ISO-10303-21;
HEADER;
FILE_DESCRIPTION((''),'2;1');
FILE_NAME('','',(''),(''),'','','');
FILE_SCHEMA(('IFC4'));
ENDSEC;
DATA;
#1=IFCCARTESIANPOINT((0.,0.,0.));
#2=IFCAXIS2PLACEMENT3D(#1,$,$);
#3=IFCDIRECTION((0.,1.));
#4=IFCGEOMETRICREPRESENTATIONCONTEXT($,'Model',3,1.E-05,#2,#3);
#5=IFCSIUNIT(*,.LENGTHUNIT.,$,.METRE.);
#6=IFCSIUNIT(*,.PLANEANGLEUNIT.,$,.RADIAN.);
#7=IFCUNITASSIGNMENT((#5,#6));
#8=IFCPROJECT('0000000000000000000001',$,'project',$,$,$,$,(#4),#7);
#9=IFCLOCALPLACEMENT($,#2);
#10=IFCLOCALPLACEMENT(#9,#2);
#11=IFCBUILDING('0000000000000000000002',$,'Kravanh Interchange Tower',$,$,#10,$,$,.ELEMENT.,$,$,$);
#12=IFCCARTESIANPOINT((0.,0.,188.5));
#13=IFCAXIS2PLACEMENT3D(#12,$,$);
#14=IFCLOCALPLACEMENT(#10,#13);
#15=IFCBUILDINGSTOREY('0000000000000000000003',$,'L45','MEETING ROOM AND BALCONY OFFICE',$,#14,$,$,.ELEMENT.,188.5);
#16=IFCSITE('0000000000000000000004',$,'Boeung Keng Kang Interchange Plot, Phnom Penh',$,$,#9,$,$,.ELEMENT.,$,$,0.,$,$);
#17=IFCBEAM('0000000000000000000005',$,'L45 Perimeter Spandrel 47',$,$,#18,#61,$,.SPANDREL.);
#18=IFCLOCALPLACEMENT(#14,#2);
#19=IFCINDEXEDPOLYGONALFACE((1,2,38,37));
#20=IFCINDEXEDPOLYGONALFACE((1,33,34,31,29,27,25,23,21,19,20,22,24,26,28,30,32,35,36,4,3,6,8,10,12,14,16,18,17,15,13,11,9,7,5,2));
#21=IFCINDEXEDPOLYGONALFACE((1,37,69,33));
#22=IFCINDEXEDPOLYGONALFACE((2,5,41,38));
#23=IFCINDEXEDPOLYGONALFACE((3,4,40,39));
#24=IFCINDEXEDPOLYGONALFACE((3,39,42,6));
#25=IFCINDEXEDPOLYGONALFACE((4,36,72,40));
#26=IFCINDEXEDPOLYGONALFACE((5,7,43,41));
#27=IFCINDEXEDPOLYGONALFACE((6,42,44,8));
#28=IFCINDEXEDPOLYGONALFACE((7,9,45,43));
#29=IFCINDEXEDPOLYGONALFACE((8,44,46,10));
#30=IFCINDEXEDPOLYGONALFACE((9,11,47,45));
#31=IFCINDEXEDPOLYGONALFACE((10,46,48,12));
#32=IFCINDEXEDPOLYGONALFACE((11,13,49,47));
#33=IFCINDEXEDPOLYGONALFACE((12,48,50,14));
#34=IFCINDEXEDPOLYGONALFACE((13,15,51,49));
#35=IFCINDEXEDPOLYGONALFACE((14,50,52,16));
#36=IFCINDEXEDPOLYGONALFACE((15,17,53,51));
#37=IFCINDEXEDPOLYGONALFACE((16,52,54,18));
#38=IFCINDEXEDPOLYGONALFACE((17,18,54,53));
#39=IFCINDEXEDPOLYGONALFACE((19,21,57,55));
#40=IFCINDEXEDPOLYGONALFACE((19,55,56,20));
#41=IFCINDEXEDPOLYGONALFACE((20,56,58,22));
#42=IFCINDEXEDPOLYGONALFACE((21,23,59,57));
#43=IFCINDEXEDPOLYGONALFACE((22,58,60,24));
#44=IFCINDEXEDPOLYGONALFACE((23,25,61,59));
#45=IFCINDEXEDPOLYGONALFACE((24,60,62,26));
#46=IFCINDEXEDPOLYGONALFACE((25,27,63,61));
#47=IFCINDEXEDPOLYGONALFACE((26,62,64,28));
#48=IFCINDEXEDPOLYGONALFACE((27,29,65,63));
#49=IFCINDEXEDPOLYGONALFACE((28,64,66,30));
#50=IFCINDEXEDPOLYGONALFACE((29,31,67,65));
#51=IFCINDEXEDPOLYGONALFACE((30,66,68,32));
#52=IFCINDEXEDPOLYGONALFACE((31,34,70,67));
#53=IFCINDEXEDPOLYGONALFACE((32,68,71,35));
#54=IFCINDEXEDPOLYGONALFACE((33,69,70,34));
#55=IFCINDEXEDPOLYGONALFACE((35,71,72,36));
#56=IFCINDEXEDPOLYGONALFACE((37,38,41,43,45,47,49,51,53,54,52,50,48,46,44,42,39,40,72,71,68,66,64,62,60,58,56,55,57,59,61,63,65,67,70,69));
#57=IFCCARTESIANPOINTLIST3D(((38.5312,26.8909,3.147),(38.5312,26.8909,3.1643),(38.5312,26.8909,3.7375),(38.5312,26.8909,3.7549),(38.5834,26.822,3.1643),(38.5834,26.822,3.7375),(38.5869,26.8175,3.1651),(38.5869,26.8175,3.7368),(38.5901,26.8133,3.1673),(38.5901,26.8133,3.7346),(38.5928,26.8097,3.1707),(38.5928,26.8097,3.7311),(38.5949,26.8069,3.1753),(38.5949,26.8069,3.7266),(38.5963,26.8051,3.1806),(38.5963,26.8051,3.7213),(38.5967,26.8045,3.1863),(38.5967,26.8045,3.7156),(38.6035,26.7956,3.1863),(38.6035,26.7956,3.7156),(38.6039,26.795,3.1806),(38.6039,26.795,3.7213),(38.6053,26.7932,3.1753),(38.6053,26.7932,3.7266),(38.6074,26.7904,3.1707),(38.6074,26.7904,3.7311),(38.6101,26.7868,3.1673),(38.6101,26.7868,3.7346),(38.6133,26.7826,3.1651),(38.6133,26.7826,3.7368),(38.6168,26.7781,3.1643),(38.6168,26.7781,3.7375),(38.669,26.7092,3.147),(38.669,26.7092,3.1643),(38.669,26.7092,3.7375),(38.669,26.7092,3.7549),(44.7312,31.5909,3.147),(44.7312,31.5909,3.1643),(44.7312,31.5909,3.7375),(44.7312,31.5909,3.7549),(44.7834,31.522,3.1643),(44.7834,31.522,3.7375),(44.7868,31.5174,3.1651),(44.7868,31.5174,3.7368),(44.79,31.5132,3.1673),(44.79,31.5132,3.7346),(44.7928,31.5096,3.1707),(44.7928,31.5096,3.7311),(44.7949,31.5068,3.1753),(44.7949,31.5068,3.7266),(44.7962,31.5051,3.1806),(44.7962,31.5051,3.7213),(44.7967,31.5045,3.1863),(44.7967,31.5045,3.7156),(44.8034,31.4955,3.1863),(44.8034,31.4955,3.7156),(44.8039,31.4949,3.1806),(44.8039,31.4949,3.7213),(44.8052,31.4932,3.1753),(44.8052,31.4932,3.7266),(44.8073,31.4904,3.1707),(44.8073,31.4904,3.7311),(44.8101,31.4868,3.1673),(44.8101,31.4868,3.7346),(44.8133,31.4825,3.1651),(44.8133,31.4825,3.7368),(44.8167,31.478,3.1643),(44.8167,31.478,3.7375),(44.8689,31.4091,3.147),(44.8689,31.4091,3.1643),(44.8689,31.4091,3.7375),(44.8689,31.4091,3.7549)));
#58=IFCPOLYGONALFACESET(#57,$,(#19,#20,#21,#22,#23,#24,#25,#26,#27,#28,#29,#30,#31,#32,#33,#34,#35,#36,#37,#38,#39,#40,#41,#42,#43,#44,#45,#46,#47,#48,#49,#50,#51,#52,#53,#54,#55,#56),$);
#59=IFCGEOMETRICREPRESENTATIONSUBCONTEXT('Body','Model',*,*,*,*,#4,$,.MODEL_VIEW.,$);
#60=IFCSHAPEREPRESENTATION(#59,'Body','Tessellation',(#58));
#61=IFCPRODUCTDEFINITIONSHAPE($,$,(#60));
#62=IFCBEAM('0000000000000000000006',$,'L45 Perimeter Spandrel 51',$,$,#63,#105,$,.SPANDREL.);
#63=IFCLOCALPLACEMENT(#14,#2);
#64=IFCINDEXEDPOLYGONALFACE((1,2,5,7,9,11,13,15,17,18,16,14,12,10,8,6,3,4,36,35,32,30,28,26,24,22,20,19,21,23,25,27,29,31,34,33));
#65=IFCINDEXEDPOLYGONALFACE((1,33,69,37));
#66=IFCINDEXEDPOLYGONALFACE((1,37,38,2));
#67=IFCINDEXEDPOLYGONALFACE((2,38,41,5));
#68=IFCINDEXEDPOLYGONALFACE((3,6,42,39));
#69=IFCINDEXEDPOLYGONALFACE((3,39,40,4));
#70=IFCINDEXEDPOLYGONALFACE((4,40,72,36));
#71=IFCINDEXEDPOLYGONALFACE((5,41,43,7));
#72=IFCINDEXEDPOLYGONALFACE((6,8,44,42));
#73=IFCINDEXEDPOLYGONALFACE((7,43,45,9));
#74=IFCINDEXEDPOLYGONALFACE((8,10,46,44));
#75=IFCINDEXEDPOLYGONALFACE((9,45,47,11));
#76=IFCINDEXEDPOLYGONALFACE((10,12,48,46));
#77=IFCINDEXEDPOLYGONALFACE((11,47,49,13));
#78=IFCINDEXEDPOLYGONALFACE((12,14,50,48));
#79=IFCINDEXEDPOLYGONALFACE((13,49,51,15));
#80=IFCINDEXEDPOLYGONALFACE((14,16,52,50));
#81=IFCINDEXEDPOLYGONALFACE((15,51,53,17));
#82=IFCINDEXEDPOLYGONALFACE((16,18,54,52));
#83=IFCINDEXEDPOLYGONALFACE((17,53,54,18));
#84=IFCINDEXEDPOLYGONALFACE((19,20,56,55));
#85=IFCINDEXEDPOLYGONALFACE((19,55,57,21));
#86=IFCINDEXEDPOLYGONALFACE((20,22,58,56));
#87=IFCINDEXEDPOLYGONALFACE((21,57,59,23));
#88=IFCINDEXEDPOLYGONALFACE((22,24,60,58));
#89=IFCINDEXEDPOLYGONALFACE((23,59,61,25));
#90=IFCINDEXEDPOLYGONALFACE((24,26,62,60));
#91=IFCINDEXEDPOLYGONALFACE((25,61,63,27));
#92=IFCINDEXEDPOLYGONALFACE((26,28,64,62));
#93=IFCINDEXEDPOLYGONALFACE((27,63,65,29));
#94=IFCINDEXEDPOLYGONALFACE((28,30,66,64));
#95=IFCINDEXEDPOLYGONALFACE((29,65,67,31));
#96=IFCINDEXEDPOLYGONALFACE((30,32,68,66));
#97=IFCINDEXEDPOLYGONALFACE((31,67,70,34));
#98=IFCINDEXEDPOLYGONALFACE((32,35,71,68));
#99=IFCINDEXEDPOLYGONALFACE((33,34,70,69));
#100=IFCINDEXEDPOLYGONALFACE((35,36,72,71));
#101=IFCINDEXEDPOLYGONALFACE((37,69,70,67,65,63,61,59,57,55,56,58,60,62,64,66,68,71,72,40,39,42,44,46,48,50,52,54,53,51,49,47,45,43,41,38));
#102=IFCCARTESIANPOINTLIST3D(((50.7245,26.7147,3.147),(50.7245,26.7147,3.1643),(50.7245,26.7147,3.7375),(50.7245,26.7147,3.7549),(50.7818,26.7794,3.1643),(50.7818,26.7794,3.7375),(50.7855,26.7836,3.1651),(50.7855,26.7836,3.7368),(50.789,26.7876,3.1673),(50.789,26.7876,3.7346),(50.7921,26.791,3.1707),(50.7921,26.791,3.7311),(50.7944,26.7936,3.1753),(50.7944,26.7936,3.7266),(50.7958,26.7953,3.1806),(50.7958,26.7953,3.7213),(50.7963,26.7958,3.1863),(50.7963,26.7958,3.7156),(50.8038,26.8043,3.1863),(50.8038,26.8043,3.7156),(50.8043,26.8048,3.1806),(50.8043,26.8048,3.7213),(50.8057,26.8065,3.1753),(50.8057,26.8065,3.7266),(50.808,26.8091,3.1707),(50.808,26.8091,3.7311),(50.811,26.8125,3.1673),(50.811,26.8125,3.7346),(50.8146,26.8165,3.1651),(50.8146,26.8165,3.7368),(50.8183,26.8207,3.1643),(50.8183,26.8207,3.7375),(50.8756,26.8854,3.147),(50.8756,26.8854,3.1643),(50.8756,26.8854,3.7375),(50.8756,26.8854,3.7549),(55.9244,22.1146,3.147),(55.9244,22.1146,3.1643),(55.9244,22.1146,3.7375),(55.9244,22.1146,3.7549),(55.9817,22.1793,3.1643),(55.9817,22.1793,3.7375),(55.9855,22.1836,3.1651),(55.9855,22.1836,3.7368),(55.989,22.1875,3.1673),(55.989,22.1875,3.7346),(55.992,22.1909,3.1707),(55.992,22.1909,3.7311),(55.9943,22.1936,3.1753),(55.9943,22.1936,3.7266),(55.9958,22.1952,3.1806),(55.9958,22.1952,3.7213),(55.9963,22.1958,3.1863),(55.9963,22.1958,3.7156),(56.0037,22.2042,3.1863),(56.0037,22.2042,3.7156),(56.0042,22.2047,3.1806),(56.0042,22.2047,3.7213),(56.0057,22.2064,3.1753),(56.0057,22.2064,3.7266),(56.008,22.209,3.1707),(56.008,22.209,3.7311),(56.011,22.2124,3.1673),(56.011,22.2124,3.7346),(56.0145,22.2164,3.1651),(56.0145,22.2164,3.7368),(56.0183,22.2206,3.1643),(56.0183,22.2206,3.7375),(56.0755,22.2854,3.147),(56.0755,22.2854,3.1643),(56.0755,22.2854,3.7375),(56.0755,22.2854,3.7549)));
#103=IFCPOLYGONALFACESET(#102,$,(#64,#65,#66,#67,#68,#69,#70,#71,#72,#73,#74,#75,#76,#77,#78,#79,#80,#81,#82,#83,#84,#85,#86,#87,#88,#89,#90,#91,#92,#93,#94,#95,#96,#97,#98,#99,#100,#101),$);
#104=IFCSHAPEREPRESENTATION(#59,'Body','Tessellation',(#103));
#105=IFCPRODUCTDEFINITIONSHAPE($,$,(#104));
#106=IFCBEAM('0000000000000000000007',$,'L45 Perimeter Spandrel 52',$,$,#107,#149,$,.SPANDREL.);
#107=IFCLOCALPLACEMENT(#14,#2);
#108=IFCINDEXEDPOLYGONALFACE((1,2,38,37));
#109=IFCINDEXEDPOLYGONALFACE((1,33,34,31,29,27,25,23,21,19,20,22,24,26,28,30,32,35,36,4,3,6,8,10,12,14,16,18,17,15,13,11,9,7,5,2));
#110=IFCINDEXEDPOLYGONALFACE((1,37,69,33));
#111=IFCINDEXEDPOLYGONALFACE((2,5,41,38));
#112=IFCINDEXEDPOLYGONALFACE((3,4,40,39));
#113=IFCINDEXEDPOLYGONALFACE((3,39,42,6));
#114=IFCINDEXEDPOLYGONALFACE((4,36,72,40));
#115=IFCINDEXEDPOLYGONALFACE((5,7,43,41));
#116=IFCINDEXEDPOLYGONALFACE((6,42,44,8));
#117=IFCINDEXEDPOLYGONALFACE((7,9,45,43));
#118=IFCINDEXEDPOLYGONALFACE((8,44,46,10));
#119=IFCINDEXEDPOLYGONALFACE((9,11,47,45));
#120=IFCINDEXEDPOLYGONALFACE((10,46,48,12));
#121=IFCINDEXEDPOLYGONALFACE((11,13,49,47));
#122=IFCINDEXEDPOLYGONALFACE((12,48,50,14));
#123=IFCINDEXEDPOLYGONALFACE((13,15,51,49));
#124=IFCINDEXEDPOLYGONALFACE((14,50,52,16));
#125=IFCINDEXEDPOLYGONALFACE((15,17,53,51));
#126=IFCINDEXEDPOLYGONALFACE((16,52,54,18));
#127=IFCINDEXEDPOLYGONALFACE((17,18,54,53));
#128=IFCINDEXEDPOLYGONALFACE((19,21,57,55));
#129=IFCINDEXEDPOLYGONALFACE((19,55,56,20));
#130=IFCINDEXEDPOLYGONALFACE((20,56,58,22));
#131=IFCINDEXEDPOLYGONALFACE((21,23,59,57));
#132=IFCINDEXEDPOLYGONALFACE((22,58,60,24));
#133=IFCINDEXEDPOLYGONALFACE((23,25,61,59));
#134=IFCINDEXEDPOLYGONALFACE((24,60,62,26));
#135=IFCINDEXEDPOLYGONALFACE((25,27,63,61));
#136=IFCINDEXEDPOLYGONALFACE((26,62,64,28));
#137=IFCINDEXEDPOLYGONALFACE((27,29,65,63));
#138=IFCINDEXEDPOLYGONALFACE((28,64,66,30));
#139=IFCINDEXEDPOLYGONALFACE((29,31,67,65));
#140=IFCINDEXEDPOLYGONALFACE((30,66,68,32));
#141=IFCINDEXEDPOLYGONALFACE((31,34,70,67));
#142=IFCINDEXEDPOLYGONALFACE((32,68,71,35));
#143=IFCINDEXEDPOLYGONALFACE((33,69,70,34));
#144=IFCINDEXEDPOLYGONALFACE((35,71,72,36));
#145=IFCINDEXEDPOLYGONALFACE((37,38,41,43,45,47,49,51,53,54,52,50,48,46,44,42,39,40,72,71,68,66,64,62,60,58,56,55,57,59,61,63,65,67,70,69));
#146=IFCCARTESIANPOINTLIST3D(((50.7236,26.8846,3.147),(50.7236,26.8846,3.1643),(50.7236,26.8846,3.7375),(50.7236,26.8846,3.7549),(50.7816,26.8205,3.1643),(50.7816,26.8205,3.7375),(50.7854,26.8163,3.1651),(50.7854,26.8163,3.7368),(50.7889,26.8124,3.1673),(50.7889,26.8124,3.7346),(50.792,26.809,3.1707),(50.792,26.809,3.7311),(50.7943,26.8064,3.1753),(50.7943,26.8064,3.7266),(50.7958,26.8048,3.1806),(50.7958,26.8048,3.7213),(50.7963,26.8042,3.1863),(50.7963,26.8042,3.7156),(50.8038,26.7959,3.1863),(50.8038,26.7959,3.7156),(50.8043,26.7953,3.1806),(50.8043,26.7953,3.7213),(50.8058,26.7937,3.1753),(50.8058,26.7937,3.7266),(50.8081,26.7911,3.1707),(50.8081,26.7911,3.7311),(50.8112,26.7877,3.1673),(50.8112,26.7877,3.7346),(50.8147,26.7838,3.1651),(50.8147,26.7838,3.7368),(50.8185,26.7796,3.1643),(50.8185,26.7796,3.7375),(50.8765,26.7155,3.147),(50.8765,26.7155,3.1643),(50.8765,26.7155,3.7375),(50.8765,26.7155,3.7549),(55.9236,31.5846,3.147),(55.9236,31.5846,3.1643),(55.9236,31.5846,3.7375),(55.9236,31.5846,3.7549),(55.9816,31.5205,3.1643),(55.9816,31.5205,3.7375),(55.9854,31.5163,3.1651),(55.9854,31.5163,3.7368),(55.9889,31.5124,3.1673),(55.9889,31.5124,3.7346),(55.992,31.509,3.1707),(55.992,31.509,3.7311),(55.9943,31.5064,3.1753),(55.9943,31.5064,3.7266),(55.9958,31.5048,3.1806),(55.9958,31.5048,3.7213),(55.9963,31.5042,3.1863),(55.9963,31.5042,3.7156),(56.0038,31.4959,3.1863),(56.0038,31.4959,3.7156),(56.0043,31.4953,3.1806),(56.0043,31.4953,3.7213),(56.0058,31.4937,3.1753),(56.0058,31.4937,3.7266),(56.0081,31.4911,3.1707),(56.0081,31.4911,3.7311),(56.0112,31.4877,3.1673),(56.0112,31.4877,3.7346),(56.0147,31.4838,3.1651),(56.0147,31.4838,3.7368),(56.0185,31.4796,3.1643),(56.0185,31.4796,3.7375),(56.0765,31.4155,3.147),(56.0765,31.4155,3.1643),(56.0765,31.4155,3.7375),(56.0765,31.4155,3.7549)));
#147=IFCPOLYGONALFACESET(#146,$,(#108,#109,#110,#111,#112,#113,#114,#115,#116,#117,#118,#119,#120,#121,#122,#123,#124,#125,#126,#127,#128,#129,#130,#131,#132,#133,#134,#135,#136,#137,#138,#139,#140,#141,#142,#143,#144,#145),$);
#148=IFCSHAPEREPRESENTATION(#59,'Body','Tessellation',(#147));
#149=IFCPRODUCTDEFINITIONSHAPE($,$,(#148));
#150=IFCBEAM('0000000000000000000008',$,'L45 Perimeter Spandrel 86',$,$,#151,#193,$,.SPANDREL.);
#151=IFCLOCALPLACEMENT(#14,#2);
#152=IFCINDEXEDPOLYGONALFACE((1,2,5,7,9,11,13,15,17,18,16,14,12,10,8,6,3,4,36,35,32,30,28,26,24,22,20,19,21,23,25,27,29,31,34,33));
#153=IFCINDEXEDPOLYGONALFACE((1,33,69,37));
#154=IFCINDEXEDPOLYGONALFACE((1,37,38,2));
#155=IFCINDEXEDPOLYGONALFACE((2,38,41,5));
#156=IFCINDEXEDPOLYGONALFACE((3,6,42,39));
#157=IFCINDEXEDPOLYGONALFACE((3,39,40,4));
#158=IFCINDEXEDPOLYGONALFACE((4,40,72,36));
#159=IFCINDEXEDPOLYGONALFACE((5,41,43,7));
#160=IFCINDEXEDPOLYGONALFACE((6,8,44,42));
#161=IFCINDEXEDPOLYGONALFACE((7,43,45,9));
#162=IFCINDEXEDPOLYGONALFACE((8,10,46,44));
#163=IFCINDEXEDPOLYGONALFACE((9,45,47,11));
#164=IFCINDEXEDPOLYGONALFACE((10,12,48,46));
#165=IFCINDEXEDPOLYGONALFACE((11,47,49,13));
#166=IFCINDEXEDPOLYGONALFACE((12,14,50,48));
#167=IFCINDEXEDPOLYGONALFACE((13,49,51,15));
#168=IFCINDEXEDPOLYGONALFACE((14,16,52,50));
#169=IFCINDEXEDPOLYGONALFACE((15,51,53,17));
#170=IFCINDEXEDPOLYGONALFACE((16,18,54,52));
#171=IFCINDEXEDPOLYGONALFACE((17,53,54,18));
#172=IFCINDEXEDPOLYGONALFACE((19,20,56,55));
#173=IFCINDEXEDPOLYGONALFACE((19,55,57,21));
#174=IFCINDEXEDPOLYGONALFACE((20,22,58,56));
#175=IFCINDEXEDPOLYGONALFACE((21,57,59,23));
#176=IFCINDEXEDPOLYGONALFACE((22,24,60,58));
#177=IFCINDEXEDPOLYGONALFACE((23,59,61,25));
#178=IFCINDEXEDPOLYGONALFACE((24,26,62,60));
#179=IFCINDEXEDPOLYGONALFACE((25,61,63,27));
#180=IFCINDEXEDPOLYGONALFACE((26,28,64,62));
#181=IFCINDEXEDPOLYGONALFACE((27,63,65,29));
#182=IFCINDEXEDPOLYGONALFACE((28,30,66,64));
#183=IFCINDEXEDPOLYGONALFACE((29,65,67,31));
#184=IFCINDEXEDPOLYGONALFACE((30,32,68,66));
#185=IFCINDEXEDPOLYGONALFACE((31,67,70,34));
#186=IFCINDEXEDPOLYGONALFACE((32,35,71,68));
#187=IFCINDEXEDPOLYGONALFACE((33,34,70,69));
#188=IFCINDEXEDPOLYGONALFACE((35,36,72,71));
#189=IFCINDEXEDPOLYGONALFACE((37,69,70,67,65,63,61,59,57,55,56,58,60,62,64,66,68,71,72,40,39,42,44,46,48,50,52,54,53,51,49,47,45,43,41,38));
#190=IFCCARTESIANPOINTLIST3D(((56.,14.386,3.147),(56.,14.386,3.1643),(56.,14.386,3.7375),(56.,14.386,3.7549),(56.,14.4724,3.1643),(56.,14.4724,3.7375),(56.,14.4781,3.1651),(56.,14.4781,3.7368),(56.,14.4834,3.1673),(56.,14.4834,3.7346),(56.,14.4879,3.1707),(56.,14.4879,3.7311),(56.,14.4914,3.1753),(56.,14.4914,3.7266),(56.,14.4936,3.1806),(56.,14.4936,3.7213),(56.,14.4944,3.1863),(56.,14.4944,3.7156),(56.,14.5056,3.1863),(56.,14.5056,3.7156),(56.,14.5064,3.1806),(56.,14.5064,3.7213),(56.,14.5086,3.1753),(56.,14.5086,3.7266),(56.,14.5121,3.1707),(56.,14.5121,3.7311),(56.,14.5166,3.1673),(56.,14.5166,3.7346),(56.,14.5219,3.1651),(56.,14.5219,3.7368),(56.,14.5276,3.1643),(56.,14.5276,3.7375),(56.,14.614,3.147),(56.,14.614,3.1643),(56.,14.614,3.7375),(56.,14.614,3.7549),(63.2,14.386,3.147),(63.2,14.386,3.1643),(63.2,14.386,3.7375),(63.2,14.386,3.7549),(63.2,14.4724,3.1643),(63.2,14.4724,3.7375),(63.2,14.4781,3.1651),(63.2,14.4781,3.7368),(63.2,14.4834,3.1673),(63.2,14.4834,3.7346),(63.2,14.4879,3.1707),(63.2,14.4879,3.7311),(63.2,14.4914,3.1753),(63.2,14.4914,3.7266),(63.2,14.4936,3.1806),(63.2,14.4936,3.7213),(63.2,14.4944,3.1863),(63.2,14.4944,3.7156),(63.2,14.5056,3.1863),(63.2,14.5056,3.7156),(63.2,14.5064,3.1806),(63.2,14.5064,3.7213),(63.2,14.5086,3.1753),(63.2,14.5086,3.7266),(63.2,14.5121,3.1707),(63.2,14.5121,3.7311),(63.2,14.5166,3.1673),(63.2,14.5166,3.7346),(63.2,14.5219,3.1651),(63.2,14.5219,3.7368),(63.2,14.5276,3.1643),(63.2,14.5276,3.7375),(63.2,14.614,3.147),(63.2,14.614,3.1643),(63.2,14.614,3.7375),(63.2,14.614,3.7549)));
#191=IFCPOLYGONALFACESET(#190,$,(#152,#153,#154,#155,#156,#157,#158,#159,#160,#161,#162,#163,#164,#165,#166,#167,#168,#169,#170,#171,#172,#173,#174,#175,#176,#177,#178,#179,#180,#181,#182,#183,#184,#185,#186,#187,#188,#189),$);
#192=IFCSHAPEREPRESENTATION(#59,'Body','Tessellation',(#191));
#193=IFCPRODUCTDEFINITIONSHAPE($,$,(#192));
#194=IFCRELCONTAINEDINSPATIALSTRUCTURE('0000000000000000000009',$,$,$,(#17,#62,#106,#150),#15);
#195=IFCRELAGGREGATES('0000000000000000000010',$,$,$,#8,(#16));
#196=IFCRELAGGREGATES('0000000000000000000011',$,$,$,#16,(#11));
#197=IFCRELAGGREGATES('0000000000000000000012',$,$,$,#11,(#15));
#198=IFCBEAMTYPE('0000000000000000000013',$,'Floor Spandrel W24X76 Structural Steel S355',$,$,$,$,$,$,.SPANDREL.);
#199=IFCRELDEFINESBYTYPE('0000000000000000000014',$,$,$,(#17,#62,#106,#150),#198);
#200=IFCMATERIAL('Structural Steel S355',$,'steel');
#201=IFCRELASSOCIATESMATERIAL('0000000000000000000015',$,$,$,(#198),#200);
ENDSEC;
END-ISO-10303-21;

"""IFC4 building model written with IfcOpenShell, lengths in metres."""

from ifc_helpers import new_model, si_unit, direction, frame, origin, origin_2d, place, context, subcontext, project, spatial, i_section, extrude, material, material_profile, profile_set, type_object, element, save


model = new_model("IFC4")

# Units and contexts
model_context = context("Model", 3, precision=1e-05, world=origin(), true_north=direction((0.0, 1.0)))
body_context = subcontext(model_context, "Body", "Model", "MODEL_VIEW")
ifc_project = project(units=[si_unit("LENGTHUNIT", "METRE"), si_unit("PLANEANGLEUNIT", "RADIAN")], contexts=[model_context])

# Site, building, storey
site_placement = place(None, origin())
site = spatial("IfcSite", under=ifc_project, at=site_placement, Name="Boeung Keng Kang Interchange Plot, Phnom Penh", CompositionType="ELEMENT", RefElevation=0.0)
building_placement = place(site_placement, origin())
building = spatial("IfcBuilding", under=site, at=building_placement, Name="Kravanh Interchange Tower", CompositionType="ELEMENT")
storey_placement = place(building_placement, frame((0.0, 0.0, 188.5)))
storey = spatial("IfcBuildingStorey", under=building, at=storey_placement, Name="L45", Description="MEETING ROOM AND BALCONY OFFICE", CompositionType="ELEMENT", Elevation=188.5)

# Beams
ifc_material_1 = material(Name="Structural Steel S355", Category="steel")
ifc_material_profile_1 = material_profile(ifc_material_1, i_section(OverallWidth=0.228, OverallDepth=0.6079, WebThickness=0.0112, FlangeThickness=0.0173, FilletRadius=0.022, at=origin_2d()), Name="W24X76")
ifc_profile_set_1 = profile_set([ifc_material_profile_1], Name="Structural Steel S355")
beam_type_1 = type_object("IfcBeamType", Name="Floor Spandrel W24X76 Structural Steel S355", PredefinedType="SPANDREL", material=ifc_profile_set_1)
beam_1_placement = place(storey_placement, frame((38.6001, 26.8, 3.4509), z_axis=(0.796905, 0.604104, 0.0), x_axis=(-0.604104, 0.796905, 0.0)))
element("IfcBeam", 1, at=beam_1_placement, inside=storey, type_object=beam_type_1, Name="L45 Perimeter Spandrel 47", PredefinedType="SPANDREL", context=body_context, shape_type="SweptSolid", body=[
    extrude(i_section(OverallWidth=0.228, OverallDepth=0.6079, WebThickness=0.0112, FlangeThickness=0.0173, FilletRadius=0.022, at=origin_2d()), origin(), (0.0, 0.0, 1.0), 7.78),
])
beam_2_placement = place(storey_placement, frame((50.8, 26.8, 3.4509), z_axis=(0.748986, -0.662585, 0.0), x_axis=(0.662585, 0.748986, 0.0)))
element("IfcBeam", 2, at=beam_2_placement, inside=storey, type_object=beam_type_1, Name="L45 Perimeter Spandrel 51", PredefinedType="SPANDREL", context=body_context, shape_type="SweptSolid", body=[
    extrude(i_section(OverallWidth=0.228, OverallDepth=0.6079, WebThickness=0.0112, FlangeThickness=0.0173, FilletRadius=0.022, at=origin_2d()), origin(), (0.0, 0.0, 1.0), 6.9426),
])
beam_3_placement = place(storey_placement, frame((50.8, 26.8, 3.4509), z_axis=(0.741874, 0.670539, 0.0), x_axis=(-0.670539, 0.741874, 0.0)))
element("IfcBeam", 3, at=beam_3_placement, inside=storey, type_object=beam_type_1, Name="L45 Perimeter Spandrel 52", PredefinedType="SPANDREL", context=body_context, shape_type="SweptSolid", body=[
    extrude(i_section(OverallWidth=0.228, OverallDepth=0.6079, WebThickness=0.0112, FlangeThickness=0.0173, FilletRadius=0.022, at=origin_2d()), origin(), (0.0, 0.0, 1.0), 7.0093),
])
beam_4_placement = place(storey_placement, frame((56.0, 14.5, 3.4509), z_axis=(1.0, 0.0, 0.0), x_axis=(0.0, 1.0, 0.0)))
element("IfcBeam", 4, at=beam_4_placement, inside=storey, type_object=beam_type_1, Name="L45 Perimeter Spandrel 86", PredefinedType="SPANDREL", context=body_context, shape_type="SweptSolid", body=[
    extrude(i_section(OverallWidth=0.228, OverallDepth=0.6079, WebThickness=0.0112, FlangeThickness=0.0173, FilletRadius=0.022, at=origin_2d()), origin(), (0.0, 0.0, 1.0), 7.2),
])

save(model, "model.ifc")
